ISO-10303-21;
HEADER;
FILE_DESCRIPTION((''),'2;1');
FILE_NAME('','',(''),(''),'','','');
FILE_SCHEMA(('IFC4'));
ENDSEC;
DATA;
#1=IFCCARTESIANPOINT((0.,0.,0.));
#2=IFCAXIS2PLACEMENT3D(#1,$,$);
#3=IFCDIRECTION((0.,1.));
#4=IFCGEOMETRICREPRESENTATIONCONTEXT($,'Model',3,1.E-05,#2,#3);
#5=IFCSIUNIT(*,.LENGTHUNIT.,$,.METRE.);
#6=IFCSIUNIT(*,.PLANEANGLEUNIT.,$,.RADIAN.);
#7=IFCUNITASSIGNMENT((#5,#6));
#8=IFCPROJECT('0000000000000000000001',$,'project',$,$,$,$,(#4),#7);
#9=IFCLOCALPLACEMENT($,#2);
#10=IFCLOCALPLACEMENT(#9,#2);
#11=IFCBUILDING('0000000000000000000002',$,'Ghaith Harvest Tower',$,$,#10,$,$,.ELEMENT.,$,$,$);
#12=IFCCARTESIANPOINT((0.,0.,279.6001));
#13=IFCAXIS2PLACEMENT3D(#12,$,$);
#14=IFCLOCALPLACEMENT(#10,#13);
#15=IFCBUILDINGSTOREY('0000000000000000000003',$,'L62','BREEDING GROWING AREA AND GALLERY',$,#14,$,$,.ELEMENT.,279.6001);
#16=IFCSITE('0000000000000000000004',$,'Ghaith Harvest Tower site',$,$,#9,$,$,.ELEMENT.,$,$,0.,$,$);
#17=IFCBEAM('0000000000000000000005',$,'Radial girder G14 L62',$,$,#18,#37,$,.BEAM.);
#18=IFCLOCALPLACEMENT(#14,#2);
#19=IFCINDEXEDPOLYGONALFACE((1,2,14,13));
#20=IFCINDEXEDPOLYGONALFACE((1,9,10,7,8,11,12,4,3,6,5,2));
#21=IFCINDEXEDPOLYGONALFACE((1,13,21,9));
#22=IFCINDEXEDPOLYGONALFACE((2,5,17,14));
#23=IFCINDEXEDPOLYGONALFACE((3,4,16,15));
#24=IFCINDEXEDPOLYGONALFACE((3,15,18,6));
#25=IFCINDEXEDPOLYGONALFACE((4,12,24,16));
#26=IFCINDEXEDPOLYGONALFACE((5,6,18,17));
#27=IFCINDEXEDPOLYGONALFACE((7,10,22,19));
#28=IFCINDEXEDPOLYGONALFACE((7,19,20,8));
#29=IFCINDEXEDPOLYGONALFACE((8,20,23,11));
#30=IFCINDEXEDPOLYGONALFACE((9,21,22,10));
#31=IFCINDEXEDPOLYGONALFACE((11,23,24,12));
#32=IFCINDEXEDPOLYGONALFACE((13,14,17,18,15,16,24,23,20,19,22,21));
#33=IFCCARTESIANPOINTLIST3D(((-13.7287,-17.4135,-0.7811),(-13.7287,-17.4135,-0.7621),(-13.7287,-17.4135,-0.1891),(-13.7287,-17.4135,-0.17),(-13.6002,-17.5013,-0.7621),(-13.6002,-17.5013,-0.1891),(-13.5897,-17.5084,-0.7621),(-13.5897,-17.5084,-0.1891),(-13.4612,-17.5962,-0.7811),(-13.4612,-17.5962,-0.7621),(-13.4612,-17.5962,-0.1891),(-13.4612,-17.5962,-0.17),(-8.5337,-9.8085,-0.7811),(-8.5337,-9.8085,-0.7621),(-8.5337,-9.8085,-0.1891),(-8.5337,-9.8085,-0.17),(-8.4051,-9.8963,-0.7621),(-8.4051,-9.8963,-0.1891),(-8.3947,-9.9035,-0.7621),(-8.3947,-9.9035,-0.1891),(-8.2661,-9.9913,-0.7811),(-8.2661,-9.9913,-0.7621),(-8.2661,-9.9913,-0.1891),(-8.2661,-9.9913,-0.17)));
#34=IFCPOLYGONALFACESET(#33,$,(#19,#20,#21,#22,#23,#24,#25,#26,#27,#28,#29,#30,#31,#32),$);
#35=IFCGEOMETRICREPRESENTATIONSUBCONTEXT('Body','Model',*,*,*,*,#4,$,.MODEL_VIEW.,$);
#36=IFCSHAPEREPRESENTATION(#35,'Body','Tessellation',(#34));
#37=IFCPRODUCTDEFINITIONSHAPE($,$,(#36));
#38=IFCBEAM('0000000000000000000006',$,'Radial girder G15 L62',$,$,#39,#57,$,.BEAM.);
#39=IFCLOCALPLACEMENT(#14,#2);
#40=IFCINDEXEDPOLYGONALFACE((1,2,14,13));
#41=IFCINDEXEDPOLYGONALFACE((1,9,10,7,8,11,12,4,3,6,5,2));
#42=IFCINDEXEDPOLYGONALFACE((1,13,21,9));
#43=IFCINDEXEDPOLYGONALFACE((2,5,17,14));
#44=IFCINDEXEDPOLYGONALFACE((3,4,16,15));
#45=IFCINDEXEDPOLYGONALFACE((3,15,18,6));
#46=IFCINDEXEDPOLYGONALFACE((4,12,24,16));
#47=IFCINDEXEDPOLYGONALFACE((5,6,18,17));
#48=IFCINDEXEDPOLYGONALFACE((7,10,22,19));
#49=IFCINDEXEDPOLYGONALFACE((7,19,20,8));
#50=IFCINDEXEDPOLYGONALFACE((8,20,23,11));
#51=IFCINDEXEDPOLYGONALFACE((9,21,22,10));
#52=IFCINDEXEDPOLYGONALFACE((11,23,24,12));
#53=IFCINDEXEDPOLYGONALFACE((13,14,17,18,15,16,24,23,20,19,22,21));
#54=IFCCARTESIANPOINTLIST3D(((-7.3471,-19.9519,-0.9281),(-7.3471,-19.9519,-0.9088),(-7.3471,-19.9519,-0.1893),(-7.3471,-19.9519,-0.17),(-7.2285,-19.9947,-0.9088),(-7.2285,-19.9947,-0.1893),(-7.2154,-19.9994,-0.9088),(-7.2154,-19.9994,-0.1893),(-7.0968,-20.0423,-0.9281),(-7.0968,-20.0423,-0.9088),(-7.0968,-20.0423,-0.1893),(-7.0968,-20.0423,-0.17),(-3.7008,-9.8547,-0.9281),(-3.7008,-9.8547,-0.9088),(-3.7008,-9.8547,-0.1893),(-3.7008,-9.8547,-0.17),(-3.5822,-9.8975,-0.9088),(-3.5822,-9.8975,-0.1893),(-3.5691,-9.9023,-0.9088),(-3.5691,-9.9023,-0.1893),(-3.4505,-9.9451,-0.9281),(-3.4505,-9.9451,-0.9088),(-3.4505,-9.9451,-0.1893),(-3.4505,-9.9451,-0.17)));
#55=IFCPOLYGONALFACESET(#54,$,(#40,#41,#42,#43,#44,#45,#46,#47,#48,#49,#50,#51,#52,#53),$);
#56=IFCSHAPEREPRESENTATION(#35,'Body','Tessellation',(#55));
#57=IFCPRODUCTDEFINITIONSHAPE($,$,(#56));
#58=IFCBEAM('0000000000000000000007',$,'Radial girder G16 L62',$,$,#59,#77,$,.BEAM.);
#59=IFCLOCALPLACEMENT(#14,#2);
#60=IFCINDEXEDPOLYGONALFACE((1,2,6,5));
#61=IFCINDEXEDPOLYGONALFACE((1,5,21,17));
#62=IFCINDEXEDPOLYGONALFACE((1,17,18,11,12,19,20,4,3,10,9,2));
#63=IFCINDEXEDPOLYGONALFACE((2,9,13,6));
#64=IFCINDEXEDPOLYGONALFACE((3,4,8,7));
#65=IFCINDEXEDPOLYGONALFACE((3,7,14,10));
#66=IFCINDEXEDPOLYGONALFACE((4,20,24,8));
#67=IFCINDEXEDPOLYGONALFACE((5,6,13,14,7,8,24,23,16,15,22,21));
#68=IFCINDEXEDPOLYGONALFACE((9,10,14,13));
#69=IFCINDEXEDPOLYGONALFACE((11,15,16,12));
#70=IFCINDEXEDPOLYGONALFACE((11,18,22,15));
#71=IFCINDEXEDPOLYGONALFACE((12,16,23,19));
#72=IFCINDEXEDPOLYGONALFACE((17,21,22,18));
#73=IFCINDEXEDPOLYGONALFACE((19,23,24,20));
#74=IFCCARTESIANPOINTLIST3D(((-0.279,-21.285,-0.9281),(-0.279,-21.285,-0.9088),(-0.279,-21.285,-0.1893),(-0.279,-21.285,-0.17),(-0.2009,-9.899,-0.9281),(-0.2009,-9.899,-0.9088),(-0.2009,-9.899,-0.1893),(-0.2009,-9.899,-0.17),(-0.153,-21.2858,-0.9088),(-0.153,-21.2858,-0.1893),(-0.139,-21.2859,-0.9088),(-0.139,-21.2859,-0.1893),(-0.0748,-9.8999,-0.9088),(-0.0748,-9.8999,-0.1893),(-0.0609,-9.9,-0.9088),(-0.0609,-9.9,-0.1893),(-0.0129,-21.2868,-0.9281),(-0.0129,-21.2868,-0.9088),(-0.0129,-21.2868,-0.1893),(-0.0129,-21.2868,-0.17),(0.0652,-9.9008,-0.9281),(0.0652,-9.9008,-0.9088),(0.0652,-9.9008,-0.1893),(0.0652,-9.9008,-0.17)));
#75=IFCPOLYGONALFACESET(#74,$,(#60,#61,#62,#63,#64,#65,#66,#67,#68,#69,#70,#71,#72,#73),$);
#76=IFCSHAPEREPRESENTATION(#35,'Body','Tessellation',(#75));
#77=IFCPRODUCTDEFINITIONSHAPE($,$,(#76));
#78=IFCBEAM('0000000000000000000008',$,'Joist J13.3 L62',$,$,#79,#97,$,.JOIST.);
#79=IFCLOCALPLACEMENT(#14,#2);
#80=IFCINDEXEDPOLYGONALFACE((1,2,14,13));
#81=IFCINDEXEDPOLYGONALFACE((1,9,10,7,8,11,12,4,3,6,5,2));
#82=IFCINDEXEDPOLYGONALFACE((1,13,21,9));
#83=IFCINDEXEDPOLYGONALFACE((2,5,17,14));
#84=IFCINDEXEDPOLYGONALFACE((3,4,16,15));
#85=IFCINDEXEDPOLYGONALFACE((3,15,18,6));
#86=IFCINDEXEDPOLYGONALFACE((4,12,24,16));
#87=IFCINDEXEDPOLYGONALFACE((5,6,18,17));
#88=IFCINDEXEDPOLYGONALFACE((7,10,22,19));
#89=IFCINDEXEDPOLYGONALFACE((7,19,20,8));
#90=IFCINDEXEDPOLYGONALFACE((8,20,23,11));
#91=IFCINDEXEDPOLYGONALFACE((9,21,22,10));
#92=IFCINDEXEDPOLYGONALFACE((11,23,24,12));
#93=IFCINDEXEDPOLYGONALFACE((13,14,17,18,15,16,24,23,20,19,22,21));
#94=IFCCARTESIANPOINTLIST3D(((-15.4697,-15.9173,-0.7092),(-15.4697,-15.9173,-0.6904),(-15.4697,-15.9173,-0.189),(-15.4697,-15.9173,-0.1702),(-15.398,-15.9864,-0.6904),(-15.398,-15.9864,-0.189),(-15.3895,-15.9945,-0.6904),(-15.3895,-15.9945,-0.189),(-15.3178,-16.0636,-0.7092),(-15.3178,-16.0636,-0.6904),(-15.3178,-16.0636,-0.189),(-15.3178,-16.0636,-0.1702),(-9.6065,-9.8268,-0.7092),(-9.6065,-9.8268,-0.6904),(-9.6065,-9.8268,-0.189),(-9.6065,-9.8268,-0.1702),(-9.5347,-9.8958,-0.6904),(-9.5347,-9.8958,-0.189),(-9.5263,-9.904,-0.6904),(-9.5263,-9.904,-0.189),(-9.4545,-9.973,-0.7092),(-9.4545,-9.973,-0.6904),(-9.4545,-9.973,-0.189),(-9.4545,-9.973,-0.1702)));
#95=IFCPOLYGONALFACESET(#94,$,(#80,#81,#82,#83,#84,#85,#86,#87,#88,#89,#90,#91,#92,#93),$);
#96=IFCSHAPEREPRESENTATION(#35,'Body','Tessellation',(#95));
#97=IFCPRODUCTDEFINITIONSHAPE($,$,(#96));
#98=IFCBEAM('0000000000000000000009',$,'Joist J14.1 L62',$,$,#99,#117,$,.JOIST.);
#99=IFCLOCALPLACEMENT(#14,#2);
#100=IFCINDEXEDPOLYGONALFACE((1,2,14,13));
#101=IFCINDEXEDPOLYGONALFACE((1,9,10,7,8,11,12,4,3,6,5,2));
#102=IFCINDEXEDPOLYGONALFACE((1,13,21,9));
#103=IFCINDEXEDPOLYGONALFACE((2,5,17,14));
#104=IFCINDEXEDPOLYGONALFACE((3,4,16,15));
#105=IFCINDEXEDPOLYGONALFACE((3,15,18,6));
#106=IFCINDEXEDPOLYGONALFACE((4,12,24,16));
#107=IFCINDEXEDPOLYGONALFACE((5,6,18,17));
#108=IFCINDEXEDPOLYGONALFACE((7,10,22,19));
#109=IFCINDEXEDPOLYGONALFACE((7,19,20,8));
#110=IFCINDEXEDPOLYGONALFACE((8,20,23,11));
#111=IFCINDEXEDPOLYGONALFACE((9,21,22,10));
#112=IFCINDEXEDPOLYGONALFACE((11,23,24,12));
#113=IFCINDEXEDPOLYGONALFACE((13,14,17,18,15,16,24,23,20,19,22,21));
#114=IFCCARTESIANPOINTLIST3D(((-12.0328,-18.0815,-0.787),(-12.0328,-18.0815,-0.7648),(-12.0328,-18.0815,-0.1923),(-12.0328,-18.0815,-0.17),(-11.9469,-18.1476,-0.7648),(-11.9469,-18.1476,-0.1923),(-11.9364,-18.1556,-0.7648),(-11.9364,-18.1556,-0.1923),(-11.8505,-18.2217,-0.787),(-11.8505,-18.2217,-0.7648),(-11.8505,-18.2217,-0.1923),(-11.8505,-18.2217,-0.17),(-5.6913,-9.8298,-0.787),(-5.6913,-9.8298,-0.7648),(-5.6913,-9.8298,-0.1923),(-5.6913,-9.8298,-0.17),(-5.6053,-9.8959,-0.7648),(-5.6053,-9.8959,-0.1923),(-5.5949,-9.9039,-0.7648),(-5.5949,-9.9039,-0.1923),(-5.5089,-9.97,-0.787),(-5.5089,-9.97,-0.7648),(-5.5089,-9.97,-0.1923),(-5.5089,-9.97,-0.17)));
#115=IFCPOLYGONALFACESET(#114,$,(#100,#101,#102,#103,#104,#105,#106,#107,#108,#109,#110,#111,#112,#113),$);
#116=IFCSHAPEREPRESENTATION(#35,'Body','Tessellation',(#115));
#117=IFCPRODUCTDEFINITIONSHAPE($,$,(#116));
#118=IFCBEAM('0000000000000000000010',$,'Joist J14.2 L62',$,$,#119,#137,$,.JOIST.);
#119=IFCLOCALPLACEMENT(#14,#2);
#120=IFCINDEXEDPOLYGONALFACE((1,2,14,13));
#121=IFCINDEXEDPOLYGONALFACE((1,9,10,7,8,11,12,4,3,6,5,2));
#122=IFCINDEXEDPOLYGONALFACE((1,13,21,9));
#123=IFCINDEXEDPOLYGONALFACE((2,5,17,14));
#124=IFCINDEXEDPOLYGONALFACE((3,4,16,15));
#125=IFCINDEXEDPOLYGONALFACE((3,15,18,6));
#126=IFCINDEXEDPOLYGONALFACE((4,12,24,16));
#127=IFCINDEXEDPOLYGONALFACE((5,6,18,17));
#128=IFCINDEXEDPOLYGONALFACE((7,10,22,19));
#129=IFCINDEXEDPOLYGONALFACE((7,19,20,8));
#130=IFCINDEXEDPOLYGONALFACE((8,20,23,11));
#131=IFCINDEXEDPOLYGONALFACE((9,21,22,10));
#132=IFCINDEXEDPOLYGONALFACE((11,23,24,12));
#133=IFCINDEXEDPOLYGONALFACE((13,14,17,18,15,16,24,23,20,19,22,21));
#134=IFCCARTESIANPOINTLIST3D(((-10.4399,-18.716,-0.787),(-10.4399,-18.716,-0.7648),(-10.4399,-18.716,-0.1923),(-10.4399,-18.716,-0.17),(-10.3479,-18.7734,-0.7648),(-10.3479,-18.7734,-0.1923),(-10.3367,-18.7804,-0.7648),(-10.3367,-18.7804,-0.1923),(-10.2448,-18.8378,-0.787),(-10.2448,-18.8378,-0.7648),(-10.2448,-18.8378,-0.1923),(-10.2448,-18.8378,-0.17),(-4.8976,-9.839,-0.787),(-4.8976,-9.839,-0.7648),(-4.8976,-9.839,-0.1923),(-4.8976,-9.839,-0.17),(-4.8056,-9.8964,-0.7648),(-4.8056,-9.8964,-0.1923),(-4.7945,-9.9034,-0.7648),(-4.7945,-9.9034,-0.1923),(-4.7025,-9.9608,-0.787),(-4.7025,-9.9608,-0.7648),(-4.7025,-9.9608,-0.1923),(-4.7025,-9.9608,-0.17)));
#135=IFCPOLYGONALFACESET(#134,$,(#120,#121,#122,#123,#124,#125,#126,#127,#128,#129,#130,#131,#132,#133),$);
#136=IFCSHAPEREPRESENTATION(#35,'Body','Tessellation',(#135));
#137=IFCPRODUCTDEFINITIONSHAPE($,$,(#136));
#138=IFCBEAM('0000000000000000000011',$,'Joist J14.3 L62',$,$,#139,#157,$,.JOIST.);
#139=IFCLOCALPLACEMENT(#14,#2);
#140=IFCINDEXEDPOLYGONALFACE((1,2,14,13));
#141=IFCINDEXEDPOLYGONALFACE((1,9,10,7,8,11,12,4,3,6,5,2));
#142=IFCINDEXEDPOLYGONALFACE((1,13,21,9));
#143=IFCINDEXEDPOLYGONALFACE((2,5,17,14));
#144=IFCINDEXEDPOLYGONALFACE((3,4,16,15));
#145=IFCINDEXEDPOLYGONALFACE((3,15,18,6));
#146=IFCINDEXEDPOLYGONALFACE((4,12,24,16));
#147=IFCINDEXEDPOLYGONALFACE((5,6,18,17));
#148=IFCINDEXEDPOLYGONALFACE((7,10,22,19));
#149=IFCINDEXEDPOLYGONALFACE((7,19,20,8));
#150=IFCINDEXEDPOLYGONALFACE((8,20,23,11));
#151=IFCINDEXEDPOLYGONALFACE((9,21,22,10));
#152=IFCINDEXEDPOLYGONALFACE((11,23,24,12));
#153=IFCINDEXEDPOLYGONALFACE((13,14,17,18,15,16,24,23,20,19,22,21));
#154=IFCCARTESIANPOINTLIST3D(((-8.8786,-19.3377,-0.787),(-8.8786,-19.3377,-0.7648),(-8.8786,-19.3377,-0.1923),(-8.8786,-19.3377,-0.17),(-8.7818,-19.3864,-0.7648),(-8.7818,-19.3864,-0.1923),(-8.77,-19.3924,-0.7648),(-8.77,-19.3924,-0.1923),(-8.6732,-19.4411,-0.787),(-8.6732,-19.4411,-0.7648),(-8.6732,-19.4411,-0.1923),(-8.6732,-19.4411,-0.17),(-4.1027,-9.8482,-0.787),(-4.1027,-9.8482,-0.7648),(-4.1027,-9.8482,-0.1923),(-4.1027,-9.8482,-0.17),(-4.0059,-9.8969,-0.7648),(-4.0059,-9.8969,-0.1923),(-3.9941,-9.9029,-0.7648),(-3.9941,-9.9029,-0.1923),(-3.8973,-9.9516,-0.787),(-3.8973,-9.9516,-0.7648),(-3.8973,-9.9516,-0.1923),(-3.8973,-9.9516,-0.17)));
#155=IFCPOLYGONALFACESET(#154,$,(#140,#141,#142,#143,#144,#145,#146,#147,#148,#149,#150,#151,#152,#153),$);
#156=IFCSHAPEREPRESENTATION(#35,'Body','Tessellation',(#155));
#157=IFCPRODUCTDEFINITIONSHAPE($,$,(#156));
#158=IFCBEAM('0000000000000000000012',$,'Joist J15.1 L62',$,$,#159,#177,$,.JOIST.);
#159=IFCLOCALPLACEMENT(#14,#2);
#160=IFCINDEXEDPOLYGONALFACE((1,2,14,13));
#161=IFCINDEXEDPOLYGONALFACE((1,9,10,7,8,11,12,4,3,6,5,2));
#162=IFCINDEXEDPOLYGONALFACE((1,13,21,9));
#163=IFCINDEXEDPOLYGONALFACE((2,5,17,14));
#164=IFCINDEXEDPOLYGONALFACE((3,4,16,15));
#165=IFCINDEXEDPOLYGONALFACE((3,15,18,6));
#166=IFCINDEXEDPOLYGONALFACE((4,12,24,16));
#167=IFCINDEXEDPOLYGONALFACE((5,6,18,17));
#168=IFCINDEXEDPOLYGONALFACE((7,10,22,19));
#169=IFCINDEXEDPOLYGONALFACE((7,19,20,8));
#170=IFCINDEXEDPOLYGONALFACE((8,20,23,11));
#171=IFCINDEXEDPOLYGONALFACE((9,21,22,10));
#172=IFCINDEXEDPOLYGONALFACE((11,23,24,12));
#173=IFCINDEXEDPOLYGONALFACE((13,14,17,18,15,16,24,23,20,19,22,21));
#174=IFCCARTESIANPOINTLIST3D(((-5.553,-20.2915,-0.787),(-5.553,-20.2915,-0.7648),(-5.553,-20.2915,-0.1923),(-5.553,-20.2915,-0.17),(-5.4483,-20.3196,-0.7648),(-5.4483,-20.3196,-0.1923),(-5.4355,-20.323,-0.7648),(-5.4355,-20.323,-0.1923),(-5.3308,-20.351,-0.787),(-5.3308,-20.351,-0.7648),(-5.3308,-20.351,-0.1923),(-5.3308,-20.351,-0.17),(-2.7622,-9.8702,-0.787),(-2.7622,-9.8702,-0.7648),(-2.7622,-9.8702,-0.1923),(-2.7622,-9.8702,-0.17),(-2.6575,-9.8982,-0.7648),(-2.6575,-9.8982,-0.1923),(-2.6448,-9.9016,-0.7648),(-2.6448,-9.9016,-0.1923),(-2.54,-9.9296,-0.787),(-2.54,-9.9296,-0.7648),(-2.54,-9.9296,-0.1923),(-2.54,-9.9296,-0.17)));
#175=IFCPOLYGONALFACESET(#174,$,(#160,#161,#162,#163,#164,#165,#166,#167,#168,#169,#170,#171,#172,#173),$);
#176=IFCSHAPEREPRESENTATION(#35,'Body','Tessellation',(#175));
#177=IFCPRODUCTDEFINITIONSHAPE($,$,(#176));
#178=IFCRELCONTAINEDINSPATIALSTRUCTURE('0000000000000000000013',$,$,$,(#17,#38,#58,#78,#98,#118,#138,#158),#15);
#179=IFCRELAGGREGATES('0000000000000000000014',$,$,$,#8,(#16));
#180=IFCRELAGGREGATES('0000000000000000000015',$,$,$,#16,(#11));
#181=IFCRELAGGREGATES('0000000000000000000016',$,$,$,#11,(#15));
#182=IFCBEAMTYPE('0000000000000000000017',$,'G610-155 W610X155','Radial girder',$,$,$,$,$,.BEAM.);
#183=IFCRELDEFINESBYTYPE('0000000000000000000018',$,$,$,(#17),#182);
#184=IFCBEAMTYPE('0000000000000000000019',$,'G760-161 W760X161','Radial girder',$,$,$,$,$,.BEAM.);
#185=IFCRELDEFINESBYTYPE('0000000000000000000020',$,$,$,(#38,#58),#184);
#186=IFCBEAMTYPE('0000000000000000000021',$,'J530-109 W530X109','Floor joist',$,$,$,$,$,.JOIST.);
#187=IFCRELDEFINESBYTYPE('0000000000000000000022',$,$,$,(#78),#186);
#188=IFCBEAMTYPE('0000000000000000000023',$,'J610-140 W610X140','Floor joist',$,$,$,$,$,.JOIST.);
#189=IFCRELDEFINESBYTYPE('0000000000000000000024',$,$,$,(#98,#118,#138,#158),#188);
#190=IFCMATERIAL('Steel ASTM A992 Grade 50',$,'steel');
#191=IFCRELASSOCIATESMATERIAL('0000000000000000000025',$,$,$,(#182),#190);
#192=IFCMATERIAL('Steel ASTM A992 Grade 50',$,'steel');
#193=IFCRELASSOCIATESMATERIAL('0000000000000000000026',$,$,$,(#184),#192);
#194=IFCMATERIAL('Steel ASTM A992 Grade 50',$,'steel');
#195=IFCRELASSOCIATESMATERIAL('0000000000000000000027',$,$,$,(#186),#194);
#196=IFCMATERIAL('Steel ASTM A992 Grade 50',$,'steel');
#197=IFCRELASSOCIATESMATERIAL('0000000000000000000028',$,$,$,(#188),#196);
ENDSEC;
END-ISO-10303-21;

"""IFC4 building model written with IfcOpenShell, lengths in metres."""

from ifc_helpers import new_model, si_unit, direction, frame, origin, origin_2d, place, context, subcontext, project, spatial, i_section, extrude, material, material_profile, profile_set, type_object, element, save


model = new_model("IFC4")

# Units and contexts
model_context = context("Model", 3, precision=1e-05, world=origin(), true_north=direction((0.0, 1.0)))
body_context = subcontext(model_context, "Body", "Model", "MODEL_VIEW")
ifc_project = project(units=[si_unit("LENGTHUNIT", "METRE"), si_unit("PLANEANGLEUNIT", "RADIAN")], contexts=[model_context])

# Site, building, storey
site_placement = place(None, origin())
site = spatial("IfcSite", under=ifc_project, at=site_placement, Name="Ghaith Harvest Tower site", CompositionType="ELEMENT", RefElevation=0.0)
building_placement = place(site_placement, origin())
building = spatial("IfcBuilding", under=site, at=building_placement, Name="Ghaith Harvest Tower", CompositionType="ELEMENT")
storey_placement = place(building_placement, frame((0.0, 0.0, 279.6001)))
storey = spatial("IfcBuildingStorey", under=building, at=storey_placement, Name="L62", Description="BREEDING GROWING AREA AND GALLERY", CompositionType="ELEMENT", Elevation=279.6001)

# Beams
ifc_material_1 = material(Name="Steel ASTM A992 Grade 50", Category="steel")
ifc_material_profile_1 = material_profile(ifc_material_1, i_section(OverallWidth=0.324, OverallDepth=0.6111, WebThickness=0.0127, FlangeThickness=0.019, at=origin_2d()), Name="W610X155")
ifc_profile_set_1 = profile_set([ifc_material_profile_1], Name="Steel ASTM A992 Grade 50")
beam_type_1 = type_object("IfcBeamType", Name="G610-155 W610X155", Description="Radial girder", PredefinedType="BEAM", material=ifc_profile_set_1)
beam_1_placement = place(storey_placement, frame((-8.3999, -9.8999, -0.4756), z_axis=(-0.564067, -0.825729, 0.0), x_axis=(0.825729, -0.564067, 0.0)))
element("IfcBeam", 1, at=beam_1_placement, inside=storey, type_object=beam_type_1, Name="Radial girder G14 L62", PredefinedType="BEAM", context=body_context, shape_type="SweptSolid", body=[
    extrude(i_section(OverallWidth=0.324, OverallDepth=0.6111, WebThickness=0.0127, FlangeThickness=0.019, at=origin_2d()), origin(), (0.0, 0.0, 1.0), 9.21),
])
ifc_material_2 = material(Name="Steel ASTM A992 Grade 50", Category="steel")
ifc_material_profile_2 = material_profile(ifc_material_2, i_section(OverallWidth=0.2661, OverallDepth=0.7581, WebThickness=0.0139, FlangeThickness=0.0193, at=origin_2d()), Name="W760X161")
ifc_profile_set_2 = profile_set([ifc_material_profile_2], Name="Steel ASTM A992 Grade 50")
beam_type_2 = type_object("IfcBeamType", Name="G760-161 W760X161", Description="Radial girder", PredefinedType="BEAM", material=ifc_profile_set_2)
beam_2_placement = place(storey_placement, frame((-3.5757, -9.8999, -0.5491), z_axis=(-0.339648, -0.940553, 0.0), x_axis=(0.940553, -0.339648, 0.0)))
element("IfcBeam", 2, at=beam_2_placement, inside=storey, type_object=beam_type_2, Name="Radial girder G15 L62", PredefinedType="BEAM", context=body_context, shape_type="SweptSolid", body=[
    extrude(i_section(OverallWidth=0.2661, OverallDepth=0.7581, WebThickness=0.0139, FlangeThickness=0.0193, at=origin_2d()), origin(), (0.0, 0.0, 1.0), 10.7354),
])
beam_3_placement = place(storey_placement, frame((-0.0679, -9.8999, -0.5491), z_axis=(-0.006861, -0.999976, 0.0), x_axis=(0.999976, -0.006861, 0.0)))
element("IfcBeam", 3, at=beam_3_placement, inside=storey, type_object=beam_type_2, Name="Radial girder G16 L62", PredefinedType="BEAM", context=body_context, shape_type="SweptSolid", body=[
    extrude(i_section(OverallWidth=0.2661, OverallDepth=0.7581, WebThickness=0.0139, FlangeThickness=0.0193, at=origin_2d()), origin(), (0.0, 0.0, 1.0), 11.3862),
])
ifc_material_3 = material(Name="Steel ASTM A992 Grade 50", Category="steel")
ifc_material_profile_3 = material_profile(ifc_material_3, i_section(OverallWidth=0.2109, OverallDepth=0.5391, WebThickness=0.0117, FlangeThickness=0.0188, at=origin_2d()), Name="W530X109")
ifc_profile_set_3 = profile_set([ifc_material_profile_3], Name="Steel ASTM A992 Grade 50")
beam_type_3 = type_object("IfcBeamType", Name="J530-109 W530X109", Description="Floor joist", PredefinedType="JOIST", material=ifc_profile_set_3)
beam_4_placement = place(storey_placement, frame((-9.5305, -9.8999, -0.4397), z_axis=(-0.693536, -0.720422, 0.0), x_axis=(0.720422, -0.693536, 0.0)))
element("IfcBeam", 4, at=beam_4_placement, inside=storey, type_object=beam_type_3, Name="Joist J13.3 L62", PredefinedType="JOIST", context=body_context, shape_type="SweptSolid", body=[
    extrude(i_section(OverallWidth=0.2109, OverallDepth=0.5391, WebThickness=0.0117, FlangeThickness=0.0188, at=origin_2d()), origin(), (0.0, 0.0, 1.0), 8.4541),
])
ifc_material_4 = material(Name="Steel ASTM A992 Grade 50", Category="steel")
ifc_material_profile_4 = material_profile(ifc_material_4, i_section(OverallWidth=0.23, OverallDepth=0.6169, WebThickness=0.0132, FlangeThickness=0.0222, at=origin_2d()), Name="W610X140")
ifc_profile_set_4 = profile_set([ifc_material_profile_4], Name="Steel ASTM A992 Grade 50")
beam_type_4 = type_object("IfcBeamType", Name="J610-140 W610X140", Description="Floor joist", PredefinedType="JOIST", material=ifc_profile_set_4)
beam_5_placement = place(storey_placement, frame((-5.6001, -9.8999, -0.4785), z_axis=(-0.609354, -0.792899, 0.0), x_axis=(0.792899, -0.609354, 0.0)))
element("IfcBeam", 5, at=beam_5_placement, inside=storey, type_object=beam_type_4, Name="Joist J14.1 L62", PredefinedType="JOIST", context=body_context, shape_type="SweptSolid", body=[
    extrude(i_section(OverallWidth=0.23, OverallDepth=0.6169, WebThickness=0.0132, FlangeThickness=0.0222, at=origin_2d()), origin(), (0.0, 0.0, 1.0), 10.407),
])
beam_6_placement = place(storey_placement, frame((-4.8, -9.8999, -0.4785), z_axis=(-0.529596, -0.84825, 0.0), x_axis=(0.84825, -0.529596, 0.0)))
element("IfcBeam", 6, at=beam_6_placement, inside=storey, type_object=beam_type_4, Name="Joist J14.2 L62", PredefinedType="JOIST", context=body_context, shape_type="SweptSolid", body=[
    extrude(i_section(OverallWidth=0.23, OverallDepth=0.6169, WebThickness=0.0132, FlangeThickness=0.0222, at=origin_2d()), origin(), (0.0, 0.0, 1.0), 10.4651),
])
beam_7_placement = place(storey_placement, frame((-4.0, -9.8999, -0.4785), z_axis=(-0.449556, -0.893252, 0.0), x_axis=(0.893252, -0.449556, 0.0)))
element("IfcBeam", 7, at=beam_7_placement, inside=storey, type_object=beam_type_4, Name="Joist J14.3 L62", PredefinedType="JOIST", context=body_context, shape_type="SweptSolid", body=[
    extrude(i_section(OverallWidth=0.23, OverallDepth=0.6169, WebThickness=0.0132, FlangeThickness=0.0222, at=origin_2d()), origin(), (0.0, 0.0, 1.0), 10.6235),
])
beam_8_placement = place(storey_placement, frame((-2.6511, -9.8999, -0.4785), z_axis=(-0.258678, -0.965964, 0.0), x_axis=(0.965964, -0.258678, 0.0)))
element("IfcBeam", 8, at=beam_8_placement, inside=storey, type_object=beam_type_4, Name="Joist J15.1 L62", PredefinedType="JOIST", context=body_context, shape_type="SweptSolid", body=[
    extrude(i_section(OverallWidth=0.23, OverallDepth=0.6169, WebThickness=0.0132, FlangeThickness=0.0222, at=origin_2d()), origin(), (0.0, 0.0, 1.0), 10.7886),
])

save(model, "model.ifc")
